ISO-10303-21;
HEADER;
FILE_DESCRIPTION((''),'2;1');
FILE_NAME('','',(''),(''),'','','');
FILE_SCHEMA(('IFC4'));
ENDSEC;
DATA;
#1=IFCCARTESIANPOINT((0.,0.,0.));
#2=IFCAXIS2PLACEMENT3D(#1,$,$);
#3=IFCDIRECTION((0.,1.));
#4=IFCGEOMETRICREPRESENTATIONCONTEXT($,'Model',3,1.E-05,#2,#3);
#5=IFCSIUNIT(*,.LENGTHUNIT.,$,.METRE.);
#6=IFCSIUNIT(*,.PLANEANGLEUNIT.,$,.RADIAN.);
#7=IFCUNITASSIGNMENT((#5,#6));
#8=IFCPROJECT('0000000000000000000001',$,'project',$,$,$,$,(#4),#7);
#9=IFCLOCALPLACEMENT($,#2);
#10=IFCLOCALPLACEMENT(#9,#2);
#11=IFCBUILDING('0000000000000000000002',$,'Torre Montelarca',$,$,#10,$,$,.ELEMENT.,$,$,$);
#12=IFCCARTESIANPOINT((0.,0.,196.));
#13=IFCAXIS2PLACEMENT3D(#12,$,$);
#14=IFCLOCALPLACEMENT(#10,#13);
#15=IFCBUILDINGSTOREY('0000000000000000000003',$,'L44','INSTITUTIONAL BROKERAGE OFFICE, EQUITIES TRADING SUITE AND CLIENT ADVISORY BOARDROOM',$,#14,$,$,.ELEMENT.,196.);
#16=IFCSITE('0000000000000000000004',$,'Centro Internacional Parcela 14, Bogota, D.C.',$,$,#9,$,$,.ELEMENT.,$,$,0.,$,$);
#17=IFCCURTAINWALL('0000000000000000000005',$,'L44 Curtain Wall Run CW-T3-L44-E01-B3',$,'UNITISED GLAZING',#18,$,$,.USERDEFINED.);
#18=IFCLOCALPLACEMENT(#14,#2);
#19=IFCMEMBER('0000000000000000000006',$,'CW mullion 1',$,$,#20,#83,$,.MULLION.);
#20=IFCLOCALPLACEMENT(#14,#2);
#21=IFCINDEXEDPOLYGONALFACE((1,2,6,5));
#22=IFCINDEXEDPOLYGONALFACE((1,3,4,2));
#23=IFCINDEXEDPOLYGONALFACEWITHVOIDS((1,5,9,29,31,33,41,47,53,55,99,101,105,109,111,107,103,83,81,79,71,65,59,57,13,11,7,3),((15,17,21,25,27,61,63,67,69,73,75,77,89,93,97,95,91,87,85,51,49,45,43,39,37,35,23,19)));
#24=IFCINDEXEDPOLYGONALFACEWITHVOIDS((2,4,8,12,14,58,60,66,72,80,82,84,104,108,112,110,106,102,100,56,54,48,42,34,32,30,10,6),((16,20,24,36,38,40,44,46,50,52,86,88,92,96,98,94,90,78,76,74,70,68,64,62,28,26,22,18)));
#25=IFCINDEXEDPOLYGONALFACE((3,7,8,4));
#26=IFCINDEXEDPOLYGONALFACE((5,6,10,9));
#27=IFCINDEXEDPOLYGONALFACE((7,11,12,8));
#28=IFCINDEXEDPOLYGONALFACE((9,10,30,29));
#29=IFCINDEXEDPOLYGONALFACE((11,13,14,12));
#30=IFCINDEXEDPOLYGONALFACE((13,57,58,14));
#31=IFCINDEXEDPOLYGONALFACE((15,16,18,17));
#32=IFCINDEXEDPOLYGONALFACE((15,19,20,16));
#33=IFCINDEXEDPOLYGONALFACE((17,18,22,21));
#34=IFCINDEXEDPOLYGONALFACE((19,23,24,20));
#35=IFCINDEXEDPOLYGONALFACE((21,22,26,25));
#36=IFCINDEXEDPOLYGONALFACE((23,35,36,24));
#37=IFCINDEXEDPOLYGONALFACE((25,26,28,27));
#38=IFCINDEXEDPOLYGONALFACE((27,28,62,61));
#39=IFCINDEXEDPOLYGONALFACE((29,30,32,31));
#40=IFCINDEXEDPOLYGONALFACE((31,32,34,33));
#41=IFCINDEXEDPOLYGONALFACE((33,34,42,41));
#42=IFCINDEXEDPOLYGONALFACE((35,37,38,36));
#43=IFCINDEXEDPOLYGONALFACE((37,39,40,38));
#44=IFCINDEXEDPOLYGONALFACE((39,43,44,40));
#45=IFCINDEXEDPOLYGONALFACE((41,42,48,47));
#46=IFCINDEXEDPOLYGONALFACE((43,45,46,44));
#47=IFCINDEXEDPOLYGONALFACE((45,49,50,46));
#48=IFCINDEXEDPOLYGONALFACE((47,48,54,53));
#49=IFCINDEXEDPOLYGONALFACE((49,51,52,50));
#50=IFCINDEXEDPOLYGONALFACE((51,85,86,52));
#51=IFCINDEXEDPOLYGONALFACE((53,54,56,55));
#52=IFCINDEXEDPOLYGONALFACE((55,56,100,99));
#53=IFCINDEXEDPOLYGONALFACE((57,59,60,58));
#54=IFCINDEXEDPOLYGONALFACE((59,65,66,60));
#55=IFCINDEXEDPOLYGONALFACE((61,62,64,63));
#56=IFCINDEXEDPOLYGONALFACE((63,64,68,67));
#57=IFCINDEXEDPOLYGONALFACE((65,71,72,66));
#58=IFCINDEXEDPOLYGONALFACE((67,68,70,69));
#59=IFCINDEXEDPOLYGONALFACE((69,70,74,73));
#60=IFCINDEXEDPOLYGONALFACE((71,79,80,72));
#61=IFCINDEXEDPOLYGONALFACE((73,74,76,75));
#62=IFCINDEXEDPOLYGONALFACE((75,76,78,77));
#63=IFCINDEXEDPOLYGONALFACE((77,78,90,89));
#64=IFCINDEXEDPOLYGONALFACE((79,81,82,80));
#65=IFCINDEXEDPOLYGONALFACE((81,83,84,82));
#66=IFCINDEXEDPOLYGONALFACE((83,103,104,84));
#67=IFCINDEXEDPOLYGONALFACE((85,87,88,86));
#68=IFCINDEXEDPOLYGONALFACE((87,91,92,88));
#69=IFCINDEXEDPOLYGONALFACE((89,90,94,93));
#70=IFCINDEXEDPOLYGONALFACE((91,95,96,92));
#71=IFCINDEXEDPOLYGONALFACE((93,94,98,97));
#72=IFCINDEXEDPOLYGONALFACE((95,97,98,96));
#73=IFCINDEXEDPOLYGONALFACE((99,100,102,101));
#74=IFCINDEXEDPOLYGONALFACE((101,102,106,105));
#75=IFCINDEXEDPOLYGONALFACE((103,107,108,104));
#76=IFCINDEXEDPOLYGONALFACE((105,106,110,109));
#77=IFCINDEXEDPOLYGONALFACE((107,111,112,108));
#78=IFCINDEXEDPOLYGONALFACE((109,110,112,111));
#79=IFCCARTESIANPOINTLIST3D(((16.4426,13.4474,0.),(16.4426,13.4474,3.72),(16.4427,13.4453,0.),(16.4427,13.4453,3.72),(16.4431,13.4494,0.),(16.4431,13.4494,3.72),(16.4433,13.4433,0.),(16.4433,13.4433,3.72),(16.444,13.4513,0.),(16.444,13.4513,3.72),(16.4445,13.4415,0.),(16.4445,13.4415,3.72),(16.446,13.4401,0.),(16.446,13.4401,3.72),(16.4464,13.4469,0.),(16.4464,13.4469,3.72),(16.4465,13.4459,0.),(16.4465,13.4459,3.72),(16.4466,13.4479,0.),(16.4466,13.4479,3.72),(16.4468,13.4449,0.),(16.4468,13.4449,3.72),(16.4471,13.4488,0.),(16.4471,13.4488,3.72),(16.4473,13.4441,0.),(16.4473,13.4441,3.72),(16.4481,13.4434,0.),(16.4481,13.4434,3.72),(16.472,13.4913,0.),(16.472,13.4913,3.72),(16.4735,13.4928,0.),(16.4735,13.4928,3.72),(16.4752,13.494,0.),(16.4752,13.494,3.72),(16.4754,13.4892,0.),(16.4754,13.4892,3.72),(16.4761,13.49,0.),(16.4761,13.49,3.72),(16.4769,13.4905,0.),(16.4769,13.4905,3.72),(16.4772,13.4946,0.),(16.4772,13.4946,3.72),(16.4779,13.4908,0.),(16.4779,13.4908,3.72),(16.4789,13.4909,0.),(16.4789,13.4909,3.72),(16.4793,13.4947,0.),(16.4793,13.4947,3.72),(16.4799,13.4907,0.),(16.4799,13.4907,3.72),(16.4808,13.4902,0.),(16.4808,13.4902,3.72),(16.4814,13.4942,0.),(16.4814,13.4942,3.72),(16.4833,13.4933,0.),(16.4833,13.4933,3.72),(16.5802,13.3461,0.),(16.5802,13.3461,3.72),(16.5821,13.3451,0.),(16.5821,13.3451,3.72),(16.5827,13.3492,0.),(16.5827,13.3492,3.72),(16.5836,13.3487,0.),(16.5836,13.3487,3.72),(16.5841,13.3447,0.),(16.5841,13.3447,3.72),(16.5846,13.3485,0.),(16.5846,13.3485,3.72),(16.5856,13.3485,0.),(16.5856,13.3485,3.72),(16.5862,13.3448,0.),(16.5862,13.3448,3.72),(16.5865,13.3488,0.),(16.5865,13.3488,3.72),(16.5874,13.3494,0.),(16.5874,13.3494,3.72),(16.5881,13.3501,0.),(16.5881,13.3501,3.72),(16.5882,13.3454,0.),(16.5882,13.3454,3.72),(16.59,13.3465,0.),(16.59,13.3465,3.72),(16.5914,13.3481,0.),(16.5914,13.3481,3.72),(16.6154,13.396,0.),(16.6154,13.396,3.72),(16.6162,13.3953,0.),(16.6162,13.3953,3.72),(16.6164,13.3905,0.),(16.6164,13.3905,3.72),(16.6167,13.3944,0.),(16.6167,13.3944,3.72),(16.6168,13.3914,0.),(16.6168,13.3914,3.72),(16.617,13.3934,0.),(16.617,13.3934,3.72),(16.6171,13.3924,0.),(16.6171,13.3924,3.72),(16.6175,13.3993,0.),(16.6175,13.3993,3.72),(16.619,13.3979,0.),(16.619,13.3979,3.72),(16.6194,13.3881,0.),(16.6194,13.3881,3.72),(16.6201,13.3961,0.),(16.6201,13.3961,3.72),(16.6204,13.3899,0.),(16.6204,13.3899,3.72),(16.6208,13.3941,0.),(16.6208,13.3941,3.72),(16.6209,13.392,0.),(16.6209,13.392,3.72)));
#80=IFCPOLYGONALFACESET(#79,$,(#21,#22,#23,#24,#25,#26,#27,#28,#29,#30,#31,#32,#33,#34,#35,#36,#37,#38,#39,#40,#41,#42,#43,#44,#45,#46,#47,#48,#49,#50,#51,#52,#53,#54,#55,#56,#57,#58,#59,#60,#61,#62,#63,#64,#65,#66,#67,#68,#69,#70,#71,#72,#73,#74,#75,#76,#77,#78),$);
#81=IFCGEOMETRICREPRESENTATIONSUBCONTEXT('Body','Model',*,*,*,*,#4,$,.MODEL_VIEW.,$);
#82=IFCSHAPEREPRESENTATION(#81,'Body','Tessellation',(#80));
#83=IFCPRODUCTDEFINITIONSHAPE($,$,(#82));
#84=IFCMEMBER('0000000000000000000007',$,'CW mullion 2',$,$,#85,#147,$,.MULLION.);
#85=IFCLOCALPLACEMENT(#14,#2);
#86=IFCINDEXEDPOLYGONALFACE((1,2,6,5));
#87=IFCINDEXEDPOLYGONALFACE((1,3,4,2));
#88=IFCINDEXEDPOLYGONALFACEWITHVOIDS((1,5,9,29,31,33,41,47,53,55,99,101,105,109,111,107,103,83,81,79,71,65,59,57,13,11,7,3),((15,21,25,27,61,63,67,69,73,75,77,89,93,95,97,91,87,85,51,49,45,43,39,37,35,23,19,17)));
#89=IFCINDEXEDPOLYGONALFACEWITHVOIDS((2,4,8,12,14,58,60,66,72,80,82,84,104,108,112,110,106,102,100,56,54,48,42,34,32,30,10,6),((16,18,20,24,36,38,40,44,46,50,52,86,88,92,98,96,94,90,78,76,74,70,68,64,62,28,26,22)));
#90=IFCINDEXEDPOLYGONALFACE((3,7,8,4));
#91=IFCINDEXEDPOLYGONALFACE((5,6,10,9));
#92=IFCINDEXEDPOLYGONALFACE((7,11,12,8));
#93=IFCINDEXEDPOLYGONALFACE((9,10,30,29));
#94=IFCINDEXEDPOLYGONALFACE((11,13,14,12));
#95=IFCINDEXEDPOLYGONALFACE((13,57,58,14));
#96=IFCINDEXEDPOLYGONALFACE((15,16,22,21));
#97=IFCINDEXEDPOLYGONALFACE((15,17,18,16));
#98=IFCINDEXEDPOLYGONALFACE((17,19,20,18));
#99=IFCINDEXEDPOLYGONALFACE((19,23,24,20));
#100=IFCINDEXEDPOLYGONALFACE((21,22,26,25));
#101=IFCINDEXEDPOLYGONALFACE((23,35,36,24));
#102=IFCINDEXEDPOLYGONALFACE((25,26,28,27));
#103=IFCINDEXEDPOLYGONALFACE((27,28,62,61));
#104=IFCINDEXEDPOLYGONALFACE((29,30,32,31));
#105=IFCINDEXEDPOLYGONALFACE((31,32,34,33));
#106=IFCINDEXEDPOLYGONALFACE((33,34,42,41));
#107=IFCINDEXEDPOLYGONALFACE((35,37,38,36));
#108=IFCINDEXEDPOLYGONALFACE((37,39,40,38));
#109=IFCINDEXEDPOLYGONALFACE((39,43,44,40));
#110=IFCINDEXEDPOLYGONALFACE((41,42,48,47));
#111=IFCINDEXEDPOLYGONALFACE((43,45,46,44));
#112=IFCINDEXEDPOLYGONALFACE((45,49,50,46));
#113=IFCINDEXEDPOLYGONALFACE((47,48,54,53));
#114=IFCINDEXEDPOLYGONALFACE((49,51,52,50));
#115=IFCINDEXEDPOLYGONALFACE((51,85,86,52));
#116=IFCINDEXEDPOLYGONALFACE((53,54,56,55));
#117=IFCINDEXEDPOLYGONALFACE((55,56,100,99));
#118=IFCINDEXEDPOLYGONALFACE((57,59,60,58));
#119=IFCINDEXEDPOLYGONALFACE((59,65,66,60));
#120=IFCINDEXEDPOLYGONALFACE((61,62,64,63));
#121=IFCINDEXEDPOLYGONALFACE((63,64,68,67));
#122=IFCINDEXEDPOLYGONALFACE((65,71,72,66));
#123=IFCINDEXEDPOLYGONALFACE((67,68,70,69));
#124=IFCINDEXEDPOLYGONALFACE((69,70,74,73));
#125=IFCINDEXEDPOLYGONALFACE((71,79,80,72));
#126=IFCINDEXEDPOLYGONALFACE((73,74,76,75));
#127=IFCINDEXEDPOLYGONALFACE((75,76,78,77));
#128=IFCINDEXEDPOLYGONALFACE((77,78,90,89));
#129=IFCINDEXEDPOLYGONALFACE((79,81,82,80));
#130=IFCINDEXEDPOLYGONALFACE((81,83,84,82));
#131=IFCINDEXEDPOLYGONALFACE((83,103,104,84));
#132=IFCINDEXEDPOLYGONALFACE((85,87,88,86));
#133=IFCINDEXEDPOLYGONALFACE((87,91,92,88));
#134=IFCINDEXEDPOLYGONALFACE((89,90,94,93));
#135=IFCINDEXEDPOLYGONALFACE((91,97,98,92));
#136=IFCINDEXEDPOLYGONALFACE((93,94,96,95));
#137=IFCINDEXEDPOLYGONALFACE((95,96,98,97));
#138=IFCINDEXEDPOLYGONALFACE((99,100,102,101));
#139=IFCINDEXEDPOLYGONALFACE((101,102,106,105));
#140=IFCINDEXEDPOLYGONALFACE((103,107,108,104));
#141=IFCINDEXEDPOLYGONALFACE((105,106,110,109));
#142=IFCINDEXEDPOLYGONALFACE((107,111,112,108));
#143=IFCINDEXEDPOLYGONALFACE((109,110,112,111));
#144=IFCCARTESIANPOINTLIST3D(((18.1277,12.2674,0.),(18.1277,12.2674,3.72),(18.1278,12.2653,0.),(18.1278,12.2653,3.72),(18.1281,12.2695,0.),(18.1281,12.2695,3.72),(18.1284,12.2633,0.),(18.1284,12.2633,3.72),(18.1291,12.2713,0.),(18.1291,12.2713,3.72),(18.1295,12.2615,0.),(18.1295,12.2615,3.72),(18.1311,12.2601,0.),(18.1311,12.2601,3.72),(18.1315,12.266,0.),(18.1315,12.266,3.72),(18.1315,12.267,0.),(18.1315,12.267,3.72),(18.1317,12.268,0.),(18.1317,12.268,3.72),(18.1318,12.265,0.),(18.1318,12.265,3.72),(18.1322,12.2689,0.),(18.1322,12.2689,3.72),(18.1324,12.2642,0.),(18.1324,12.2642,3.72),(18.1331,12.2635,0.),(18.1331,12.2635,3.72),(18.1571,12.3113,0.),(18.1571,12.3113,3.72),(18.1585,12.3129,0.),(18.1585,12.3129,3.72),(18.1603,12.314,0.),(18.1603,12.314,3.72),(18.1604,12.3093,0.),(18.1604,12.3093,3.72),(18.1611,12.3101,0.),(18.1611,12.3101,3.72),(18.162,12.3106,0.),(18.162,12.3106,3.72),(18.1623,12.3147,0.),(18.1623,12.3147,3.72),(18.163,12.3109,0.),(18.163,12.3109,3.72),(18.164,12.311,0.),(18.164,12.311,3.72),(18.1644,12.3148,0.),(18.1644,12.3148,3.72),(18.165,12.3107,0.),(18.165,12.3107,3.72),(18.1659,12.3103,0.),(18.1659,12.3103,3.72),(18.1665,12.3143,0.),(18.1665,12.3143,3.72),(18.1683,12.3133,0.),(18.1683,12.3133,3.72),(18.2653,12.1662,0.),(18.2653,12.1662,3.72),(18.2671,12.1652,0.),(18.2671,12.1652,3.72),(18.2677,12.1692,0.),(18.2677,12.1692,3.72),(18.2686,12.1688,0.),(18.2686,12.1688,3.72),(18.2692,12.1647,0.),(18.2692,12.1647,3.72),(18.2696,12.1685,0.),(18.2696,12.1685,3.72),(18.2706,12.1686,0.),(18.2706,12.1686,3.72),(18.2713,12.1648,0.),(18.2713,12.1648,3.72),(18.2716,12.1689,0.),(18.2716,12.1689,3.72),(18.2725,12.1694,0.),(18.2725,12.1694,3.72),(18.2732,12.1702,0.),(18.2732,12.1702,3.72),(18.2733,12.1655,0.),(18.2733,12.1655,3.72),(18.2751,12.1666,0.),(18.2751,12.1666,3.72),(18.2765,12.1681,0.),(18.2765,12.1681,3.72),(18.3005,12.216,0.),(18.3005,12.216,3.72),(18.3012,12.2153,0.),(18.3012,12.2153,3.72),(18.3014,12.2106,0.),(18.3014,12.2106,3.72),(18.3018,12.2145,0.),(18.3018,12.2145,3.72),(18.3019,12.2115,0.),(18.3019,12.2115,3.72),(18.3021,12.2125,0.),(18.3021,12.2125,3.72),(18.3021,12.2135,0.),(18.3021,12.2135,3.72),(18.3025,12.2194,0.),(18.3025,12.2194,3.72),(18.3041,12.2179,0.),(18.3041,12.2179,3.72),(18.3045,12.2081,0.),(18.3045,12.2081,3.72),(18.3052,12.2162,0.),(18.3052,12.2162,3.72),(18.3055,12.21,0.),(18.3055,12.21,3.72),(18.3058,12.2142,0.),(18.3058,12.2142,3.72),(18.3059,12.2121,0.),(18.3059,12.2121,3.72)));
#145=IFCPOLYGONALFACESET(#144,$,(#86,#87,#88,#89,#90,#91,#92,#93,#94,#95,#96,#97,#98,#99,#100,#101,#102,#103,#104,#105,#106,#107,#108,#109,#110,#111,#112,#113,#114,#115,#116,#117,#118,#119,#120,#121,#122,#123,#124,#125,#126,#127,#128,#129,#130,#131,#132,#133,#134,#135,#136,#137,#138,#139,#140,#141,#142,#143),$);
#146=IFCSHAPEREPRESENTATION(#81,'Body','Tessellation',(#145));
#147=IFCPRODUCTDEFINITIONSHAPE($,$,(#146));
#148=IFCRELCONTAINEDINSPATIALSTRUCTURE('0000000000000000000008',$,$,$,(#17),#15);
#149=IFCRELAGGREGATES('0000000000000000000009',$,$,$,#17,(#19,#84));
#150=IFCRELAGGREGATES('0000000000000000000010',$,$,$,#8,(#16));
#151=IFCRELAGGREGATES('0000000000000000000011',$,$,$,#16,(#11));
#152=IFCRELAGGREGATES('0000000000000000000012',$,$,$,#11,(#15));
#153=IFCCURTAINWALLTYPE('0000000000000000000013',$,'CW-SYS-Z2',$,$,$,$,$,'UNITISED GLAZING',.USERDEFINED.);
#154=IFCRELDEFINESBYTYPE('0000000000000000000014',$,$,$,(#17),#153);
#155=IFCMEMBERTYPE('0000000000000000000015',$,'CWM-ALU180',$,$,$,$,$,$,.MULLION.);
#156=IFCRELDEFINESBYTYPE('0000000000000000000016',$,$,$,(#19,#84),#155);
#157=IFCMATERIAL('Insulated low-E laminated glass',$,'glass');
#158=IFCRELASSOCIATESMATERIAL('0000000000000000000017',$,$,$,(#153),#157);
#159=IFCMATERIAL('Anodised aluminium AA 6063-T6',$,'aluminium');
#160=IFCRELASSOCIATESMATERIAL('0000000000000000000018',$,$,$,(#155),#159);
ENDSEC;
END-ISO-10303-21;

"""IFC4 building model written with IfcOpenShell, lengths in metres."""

from ifc_helpers import new_model, si_unit, direction, frame, origin, origin_2d, place, context, subcontext, project, spatial, hollow_rectangle, extrude, source, transform, mapped, material, material_profile, profile_set, type_object, element, aggregate, save


model = new_model("IFC4")

# Units and contexts
model_context = context("Model", 3, precision=1e-05, world=origin(), true_north=direction((0.0, 1.0)))
body_context = subcontext(model_context, "Body", "Model", "MODEL_VIEW")
ifc_project = project(units=[si_unit("LENGTHUNIT", "METRE"), si_unit("PLANEANGLEUNIT", "RADIAN")], contexts=[model_context])

# Site, building, storey
site_placement = place(None, origin())
site = spatial("IfcSite", under=ifc_project, at=site_placement, Name="Centro Internacional Parcela 14, Bogota, D.C.", CompositionType="ELEMENT", RefElevation=0.0)
building_placement = place(site_placement, origin())
building = spatial("IfcBuilding", under=site, at=building_placement, Name="Torre Montelarca", CompositionType="ELEMENT")
storey_placement = place(building_placement, frame((0.0, 0.0, 196.0)))
storey = spatial("IfcBuildingStorey", under=building, at=storey_placement, Name="L44", Description="INSTITUTIONAL BROKERAGE OFFICE, EQUITIES TRADING SUITE AND CLIENT ADVISORY BOARDROOM", CompositionType="ELEMENT", Elevation=196.0)

# Curtain wall, members
ifc_material_1 = material(Name="Insulated low-E laminated glass", Category="glass")
curtain_wall_type = type_object("IfcCurtainWallType", Name="CW-SYS-Z2", ElementType="UNITISED GLAZING", PredefinedType="USERDEFINED", material=ifc_material_1)
ifc_material_2 = material(Name="Anodised aluminium AA 6063-T6", Category="aluminium")
ifc_material_profile_1 = material_profile(ifc_material_2, hollow_rectangle(XDim=0.0649, YDim=0.1799, WallThickness=0.0039, InnerFilletRadius=0.0039, OuterFilletRadius=0.0081, at=origin_2d()), Name="ALU65X180X4", Category="aluminium")
ifc_profile_set_1 = profile_set([ifc_material_profile_1], Name="Anodised aluminium AA 6063-T6")
member_type_1 = type_object("IfcMemberType", Name="CWM-ALU180", PredefinedType="MULLION", material=ifc_profile_set_1)
shared_shape_1 = source(origin(), body_context, "Body", "SweptSolid", [
    extrude(hollow_rectangle(XDim=0.0649, YDim=0.1799, WallThickness=0.0039, InnerFilletRadius=0.0039, OuterFilletRadius=0.0081, at=origin_2d()), origin(), (0.0, 0.0, 1.0), 3.72),
])
curtain_wall_1_placement = place(storey_placement, origin())
curtain_wall_1 = element("IfcCurtainWall", 1, at=curtain_wall_1_placement, inside=storey, type_object=curtain_wall_type, Name="L44 Curtain Wall Run CW-T3-L44-E01-B3", ObjectType="UNITISED GLAZING", PredefinedType="USERDEFINED")
member_1_placement = place(storey_placement, frame((16.5317, 13.4197, 0.0), z_axis=(0.0, 0.0, 1.0), x_axis=(0.573567, 0.819159, 0.0)))
member_1 = element("IfcMember", 2, at=member_1_placement, type_object=member_type_1, Name="CW mullion 1", PredefinedType="MULLION", context=body_context, shape_type="MappedRepresentation", body=[
    mapped(shared_shape_1, transform((0.0, 0.0, 0.0), scale=1.0)),
])
member_2_placement = place(storey_placement, frame((18.2168, 12.2397, 0.0), z_axis=(0.0, 0.0, 1.0), x_axis=(0.573567, 0.819159, 0.0)))
member_2 = element("IfcMember", 3, at=member_2_placement, type_object=member_type_1, Name="CW mullion 2", PredefinedType="MULLION", context=body_context, shape_type="MappedRepresentation", body=[
    mapped(shared_shape_1, transform((0.0, 0.0, 0.0), scale=1.0)),
])

aggregate(curtain_wall_1, [member_1, member_2])

save(model, "model.ifc")
